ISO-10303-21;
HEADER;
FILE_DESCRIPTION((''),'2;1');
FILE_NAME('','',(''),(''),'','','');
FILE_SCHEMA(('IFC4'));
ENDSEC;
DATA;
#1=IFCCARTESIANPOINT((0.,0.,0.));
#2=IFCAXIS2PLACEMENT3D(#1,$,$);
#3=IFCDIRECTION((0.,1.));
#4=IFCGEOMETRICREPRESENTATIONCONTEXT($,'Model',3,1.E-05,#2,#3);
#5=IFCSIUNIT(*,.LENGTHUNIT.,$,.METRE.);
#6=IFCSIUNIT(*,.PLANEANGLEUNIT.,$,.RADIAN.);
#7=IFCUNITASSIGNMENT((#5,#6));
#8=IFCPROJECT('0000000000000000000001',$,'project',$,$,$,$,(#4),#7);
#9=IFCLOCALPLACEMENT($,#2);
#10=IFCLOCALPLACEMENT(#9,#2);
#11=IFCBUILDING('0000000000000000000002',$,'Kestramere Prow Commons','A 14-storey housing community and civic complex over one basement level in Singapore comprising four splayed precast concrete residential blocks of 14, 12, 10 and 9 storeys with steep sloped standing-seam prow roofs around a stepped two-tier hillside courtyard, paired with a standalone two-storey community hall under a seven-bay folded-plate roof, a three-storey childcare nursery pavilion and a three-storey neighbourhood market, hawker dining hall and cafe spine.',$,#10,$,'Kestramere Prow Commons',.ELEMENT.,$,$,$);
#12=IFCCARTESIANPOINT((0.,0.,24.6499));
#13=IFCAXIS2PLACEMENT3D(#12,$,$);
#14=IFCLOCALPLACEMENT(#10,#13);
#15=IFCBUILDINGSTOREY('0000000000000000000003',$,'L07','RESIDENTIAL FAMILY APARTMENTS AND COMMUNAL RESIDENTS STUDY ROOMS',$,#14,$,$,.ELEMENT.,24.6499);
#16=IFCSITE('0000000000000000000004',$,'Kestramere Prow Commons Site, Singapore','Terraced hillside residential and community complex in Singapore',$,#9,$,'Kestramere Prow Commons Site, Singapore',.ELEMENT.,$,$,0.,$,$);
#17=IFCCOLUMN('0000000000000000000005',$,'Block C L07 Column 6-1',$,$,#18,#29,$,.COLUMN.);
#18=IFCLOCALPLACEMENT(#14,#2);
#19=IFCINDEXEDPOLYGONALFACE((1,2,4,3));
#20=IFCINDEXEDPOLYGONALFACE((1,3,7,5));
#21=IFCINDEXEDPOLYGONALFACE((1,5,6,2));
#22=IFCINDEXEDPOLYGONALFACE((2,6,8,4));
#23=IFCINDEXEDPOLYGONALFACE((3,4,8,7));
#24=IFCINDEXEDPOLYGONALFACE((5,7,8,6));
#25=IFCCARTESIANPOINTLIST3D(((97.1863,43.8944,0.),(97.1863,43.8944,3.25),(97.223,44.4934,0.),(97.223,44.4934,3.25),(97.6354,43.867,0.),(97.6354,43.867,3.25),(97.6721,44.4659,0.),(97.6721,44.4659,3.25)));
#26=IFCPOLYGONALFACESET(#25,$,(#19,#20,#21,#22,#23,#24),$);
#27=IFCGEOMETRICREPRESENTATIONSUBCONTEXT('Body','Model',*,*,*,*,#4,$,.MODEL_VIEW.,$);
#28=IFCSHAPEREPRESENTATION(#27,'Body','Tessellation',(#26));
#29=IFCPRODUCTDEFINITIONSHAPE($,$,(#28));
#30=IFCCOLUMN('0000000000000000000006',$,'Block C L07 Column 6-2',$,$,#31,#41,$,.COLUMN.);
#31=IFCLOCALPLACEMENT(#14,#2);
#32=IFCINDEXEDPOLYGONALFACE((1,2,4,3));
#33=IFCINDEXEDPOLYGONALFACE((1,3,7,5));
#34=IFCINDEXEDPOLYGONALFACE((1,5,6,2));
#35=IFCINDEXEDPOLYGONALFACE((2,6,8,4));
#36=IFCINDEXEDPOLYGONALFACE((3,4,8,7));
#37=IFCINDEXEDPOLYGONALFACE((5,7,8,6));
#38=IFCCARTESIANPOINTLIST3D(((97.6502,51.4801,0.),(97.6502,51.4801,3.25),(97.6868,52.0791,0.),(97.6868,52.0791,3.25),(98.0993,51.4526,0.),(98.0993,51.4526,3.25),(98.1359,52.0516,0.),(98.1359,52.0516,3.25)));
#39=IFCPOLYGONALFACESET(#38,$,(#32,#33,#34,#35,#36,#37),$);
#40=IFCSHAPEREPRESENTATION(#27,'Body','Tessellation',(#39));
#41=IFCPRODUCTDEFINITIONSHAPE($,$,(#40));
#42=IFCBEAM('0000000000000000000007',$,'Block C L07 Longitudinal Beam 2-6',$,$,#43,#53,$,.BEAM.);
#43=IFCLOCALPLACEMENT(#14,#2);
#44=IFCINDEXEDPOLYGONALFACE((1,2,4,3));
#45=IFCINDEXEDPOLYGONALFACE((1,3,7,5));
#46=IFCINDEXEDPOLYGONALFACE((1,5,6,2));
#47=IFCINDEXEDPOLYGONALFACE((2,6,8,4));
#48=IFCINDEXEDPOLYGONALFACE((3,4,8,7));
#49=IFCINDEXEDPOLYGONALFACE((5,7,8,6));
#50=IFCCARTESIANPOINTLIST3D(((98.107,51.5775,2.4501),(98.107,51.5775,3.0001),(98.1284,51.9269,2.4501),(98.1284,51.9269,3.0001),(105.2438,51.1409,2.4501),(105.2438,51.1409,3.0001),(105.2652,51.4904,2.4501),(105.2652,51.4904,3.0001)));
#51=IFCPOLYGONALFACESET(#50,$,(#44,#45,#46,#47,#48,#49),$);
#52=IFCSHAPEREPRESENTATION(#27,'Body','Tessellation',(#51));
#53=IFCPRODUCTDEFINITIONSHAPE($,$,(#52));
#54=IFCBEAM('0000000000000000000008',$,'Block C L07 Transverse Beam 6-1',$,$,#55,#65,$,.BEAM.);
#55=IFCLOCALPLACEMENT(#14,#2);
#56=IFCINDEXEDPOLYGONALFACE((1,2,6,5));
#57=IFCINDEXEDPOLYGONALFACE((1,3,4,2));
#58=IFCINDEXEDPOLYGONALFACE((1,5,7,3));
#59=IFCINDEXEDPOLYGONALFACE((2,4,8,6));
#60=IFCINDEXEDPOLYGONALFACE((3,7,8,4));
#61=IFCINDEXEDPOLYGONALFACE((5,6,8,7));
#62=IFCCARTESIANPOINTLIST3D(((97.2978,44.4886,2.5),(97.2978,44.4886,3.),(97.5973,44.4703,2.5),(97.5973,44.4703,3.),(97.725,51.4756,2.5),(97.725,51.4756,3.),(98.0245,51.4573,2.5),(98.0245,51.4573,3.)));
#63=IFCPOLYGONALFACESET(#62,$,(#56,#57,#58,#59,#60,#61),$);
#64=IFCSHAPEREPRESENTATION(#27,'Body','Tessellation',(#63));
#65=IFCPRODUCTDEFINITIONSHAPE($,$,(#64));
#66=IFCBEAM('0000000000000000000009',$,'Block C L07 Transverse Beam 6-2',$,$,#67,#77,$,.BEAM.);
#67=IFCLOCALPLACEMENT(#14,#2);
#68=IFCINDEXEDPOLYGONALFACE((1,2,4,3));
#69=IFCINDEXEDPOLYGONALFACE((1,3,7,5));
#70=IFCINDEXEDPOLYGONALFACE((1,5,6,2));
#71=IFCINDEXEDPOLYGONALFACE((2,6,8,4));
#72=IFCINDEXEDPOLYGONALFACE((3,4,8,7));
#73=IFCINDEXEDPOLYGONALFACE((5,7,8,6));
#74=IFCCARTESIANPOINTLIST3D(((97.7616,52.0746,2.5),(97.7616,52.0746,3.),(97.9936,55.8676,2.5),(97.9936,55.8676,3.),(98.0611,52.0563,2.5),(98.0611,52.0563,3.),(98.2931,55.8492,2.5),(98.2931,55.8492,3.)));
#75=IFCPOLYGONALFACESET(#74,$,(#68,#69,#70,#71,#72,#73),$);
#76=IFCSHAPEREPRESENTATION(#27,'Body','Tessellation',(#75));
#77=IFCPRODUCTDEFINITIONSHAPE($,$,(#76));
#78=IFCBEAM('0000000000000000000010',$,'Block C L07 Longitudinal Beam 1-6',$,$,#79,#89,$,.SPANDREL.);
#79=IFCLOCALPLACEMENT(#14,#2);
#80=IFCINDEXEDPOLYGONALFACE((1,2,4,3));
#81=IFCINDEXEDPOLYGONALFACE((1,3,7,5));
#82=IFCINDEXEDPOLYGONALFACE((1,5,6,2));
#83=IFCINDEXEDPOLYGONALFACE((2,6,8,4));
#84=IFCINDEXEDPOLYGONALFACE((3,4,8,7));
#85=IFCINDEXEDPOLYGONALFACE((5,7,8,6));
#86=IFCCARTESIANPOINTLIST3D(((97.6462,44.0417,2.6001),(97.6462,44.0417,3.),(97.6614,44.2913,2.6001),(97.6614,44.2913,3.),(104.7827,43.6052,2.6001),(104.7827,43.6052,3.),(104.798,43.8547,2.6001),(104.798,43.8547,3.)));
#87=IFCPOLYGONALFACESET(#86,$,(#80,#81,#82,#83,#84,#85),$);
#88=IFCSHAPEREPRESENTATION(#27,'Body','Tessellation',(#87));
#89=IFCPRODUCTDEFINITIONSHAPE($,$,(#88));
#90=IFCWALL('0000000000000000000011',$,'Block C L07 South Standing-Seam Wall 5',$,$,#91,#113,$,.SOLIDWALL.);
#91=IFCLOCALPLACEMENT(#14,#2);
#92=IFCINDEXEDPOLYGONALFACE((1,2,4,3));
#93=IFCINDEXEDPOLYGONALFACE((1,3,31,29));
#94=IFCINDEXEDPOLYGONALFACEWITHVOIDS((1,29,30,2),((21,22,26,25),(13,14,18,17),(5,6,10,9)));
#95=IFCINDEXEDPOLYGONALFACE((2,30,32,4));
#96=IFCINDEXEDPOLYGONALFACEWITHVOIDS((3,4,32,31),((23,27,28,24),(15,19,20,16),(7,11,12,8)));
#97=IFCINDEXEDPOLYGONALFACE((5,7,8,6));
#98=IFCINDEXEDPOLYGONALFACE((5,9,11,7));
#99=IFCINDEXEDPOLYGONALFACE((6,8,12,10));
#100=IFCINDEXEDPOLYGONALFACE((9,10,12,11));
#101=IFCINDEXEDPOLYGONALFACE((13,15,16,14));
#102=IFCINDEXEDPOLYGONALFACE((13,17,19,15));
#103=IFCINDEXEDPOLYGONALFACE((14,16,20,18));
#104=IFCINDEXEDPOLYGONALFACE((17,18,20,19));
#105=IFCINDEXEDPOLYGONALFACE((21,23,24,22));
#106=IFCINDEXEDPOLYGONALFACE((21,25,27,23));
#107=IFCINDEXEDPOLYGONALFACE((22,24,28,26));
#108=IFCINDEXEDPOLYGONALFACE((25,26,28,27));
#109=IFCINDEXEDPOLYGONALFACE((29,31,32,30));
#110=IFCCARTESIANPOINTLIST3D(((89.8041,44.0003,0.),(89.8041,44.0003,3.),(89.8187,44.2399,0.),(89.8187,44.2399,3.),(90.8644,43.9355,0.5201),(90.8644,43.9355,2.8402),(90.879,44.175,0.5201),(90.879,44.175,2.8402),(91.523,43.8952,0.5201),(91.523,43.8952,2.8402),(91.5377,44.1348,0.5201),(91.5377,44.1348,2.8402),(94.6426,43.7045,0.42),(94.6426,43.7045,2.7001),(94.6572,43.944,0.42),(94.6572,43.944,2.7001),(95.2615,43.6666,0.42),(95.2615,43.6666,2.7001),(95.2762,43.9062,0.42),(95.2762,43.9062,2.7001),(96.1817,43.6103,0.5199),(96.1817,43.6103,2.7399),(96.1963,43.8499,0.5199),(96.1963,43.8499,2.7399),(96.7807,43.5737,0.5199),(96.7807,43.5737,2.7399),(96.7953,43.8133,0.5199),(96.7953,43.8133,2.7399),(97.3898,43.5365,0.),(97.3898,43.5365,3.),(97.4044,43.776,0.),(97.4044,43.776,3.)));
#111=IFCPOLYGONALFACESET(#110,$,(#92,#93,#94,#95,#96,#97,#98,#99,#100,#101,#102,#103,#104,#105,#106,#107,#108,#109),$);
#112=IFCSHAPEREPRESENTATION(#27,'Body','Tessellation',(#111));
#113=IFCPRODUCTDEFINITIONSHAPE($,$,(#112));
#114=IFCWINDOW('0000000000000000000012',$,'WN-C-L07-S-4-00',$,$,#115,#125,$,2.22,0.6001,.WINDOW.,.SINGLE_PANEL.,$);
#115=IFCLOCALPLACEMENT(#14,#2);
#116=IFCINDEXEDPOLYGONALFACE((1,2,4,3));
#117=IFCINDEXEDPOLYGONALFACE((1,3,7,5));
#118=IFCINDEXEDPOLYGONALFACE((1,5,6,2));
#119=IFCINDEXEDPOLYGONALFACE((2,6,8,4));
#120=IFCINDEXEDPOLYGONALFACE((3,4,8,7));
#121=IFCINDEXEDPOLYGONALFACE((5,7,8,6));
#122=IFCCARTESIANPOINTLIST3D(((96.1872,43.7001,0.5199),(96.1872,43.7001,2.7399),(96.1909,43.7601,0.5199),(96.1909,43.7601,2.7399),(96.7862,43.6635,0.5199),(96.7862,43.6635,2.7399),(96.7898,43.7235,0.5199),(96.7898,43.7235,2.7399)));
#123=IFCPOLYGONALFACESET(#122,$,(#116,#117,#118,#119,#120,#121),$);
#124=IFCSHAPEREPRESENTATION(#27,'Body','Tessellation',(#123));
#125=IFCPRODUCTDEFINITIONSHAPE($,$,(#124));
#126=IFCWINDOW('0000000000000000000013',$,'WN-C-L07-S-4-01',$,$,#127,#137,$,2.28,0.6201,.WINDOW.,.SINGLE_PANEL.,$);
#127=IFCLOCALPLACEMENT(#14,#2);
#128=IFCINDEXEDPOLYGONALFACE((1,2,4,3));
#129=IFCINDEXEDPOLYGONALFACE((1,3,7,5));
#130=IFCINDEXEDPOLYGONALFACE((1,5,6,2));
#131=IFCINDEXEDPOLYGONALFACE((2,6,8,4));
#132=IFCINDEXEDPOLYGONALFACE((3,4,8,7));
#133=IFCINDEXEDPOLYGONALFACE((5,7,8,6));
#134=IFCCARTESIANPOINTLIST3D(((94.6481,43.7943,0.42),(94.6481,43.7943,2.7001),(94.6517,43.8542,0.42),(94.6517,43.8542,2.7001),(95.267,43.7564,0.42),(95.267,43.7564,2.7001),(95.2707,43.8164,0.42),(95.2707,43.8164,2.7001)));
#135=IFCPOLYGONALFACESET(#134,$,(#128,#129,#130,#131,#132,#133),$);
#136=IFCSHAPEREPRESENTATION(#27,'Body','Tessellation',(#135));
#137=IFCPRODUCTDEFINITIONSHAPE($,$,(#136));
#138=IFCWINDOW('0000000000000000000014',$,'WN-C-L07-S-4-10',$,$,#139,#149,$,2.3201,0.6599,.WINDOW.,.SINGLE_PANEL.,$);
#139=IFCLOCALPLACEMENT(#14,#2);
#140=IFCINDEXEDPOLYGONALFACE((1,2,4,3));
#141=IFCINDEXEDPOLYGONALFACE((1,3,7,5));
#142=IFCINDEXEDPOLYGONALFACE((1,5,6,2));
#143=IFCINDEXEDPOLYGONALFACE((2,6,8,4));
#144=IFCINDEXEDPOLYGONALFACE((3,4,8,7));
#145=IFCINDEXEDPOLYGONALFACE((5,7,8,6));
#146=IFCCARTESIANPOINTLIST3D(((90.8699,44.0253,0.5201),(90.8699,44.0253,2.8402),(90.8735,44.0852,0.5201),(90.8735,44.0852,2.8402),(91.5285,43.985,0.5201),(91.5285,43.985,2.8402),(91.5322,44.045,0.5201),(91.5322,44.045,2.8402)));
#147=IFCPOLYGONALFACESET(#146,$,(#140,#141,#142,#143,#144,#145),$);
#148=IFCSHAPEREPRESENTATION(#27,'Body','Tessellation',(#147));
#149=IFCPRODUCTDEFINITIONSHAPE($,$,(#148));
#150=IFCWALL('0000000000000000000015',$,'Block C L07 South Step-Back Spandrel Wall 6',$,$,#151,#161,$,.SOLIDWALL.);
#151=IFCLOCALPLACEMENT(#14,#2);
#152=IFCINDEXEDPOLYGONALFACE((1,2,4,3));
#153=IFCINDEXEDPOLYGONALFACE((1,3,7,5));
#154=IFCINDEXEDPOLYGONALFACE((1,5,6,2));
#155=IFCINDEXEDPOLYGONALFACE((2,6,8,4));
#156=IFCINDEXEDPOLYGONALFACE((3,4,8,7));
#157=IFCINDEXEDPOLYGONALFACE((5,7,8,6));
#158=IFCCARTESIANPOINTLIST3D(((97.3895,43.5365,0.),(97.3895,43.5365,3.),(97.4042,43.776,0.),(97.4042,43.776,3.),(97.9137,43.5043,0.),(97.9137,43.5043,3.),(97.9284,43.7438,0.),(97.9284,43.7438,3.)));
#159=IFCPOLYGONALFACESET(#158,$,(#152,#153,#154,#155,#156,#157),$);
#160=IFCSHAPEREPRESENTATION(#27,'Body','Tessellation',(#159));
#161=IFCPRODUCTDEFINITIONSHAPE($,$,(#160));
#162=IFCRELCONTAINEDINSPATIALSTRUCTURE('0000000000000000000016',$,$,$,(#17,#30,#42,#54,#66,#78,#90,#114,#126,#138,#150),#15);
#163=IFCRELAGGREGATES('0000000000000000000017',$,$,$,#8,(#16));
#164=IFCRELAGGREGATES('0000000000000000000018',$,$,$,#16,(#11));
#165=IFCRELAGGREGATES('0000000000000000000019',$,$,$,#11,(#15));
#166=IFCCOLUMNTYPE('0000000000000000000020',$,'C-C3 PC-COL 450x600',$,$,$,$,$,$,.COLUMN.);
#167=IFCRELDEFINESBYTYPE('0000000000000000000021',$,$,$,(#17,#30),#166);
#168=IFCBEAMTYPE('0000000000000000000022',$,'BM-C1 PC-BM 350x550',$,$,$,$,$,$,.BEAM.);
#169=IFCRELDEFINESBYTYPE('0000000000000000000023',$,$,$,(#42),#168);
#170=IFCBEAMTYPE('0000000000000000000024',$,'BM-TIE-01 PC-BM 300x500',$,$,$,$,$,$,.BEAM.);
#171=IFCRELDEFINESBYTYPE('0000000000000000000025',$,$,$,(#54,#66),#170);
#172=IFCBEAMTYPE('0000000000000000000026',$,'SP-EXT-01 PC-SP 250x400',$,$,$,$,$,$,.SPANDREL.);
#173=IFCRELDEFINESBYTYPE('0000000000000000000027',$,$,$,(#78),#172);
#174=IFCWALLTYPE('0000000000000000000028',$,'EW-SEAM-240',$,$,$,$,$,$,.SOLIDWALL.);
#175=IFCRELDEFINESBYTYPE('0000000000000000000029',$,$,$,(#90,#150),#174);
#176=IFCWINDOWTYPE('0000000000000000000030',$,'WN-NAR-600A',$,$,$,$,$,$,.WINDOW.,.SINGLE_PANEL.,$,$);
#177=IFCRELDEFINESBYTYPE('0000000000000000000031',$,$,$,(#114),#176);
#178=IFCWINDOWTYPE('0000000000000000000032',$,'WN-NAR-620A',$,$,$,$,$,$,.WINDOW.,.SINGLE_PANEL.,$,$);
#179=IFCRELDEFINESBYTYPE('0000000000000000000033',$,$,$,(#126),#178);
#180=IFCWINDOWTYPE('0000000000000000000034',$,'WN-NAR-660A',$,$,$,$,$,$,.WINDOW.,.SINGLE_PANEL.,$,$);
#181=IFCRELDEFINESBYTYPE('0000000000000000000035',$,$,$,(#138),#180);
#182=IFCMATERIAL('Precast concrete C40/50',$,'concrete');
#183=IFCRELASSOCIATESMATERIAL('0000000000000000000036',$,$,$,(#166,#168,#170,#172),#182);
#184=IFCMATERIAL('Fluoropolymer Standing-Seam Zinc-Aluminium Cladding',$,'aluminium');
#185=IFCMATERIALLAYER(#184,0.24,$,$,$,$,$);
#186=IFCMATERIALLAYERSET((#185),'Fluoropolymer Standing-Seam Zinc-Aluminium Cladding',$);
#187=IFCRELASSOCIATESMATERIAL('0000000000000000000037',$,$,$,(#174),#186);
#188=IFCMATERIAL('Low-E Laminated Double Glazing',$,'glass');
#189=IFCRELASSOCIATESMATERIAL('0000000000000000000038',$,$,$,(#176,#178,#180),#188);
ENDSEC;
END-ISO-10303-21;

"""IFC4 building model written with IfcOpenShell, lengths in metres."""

from ifc_helpers import new_model, si_unit, direction, frame, frame_2d, origin, origin_2d, place, context, subcontext, project, spatial, rectangle, extrude, material, layer, layer_set, material_profile, profile_set, type_object, element, fill, save


model = new_model("IFC4")

# Units and contexts
model_context = context("Model", 3, precision=1e-05, world=origin(), true_north=direction((0.0, 1.0)))
body_context = subcontext(model_context, "Body", "Model", "MODEL_VIEW")
ifc_project = project(units=[si_unit("LENGTHUNIT", "METRE"), si_unit("PLANEANGLEUNIT", "RADIAN")], contexts=[model_context])

# Site, building, storey
site_placement = place(None, origin())
site = spatial("IfcSite", under=ifc_project, at=site_placement, Name="Kestramere Prow Commons Site, Singapore", Description="Terraced hillside residential and community complex in Singapore", LongName="Kestramere Prow Commons Site, Singapore", CompositionType="ELEMENT", RefElevation=0.0)
building_placement = place(site_placement, origin())
building = spatial("IfcBuilding", under=site, at=building_placement, Name="Kestramere Prow Commons", Description="A 14-storey housing community and civic complex over one basement level in Singapore comprising four splayed precast concrete residential blocks of 14, 12, 10 and 9 storeys with steep sloped standing-seam prow roofs around a stepped two-tier hillside courtyard, paired with a standalone two-storey community hall under a seven-bay folded-plate roof, a three-storey childcare nursery pavilion and a three-storey neighbourhood market, hawker dining hall and cafe spine.", LongName="Kestramere Prow Commons", CompositionType="ELEMENT")
storey_placement = place(building_placement, frame((0.0, 0.0, 24.6499)))
storey = spatial("IfcBuildingStorey", under=building, at=storey_placement, Name="L07", Description="RESIDENTIAL FAMILY APARTMENTS AND COMMUNAL RESIDENTS STUDY ROOMS", CompositionType="ELEMENT", Elevation=24.6499)

# Columns
ifc_material_1 = material(Name="Precast concrete C40/50", Category="concrete")
ifc_material_profile_1 = material_profile(ifc_material_1, rectangle(XDim=0.45, YDim=0.6001, at=origin_2d()), Name="PC-COL 450x600")
ifc_profile_set_1 = profile_set([ifc_material_profile_1], Name="Precast concrete C40/50")
column_type = type_object("IfcColumnType", Name="C-C3 PC-COL 450x600", PredefinedType="COLUMN", material=ifc_profile_set_1)
for number, where, z_axis, x_axis, name in (
    (1, (97.4292, 44.1802, 0.0), (0.0, 0.0, 1.0), (0.998135, -0.061049, 0.0), "Block C L07 Column 6-1"),
    (2, (97.8931, 51.7659, 0.0), (0.0, 0.0, 1.0), (0.998135, -0.061049, 0.0), "Block C L07 Column 6-2"),
):
    element("IfcColumn", number, at=place(storey_placement, frame(where, z_axis=z_axis, x_axis=x_axis)), inside=storey, type_object=column_type, Name=name, PredefinedType="COLUMN", context=body_context, shape_type="SweptSolid", body=[
        extrude(rectangle(XDim=0.45, YDim=0.6001, at=origin_2d()), origin(), (0.0, 0.0, 1.0), 3.25),
    ])

# Beams
ifc_material_profile_2 = material_profile(ifc_material_1, rectangle(XDim=0.3501, YDim=0.55, at=origin_2d()), Name="PC-BM 350x550")
ifc_profile_set_2 = profile_set([ifc_material_profile_2], Name="Precast concrete C40/50")
beam_type_1 = type_object("IfcBeamType", Name="BM-C1 PC-BM 350x550", PredefinedType="BEAM", material=ifc_profile_set_2)
beam_1_placement = place(storey_placement, frame((98.1177, 51.7522, 2.7251), z_axis=(0.998135, -0.061052, 0.0), x_axis=(0.061052, 0.998135, 0.0)))
element("IfcBeam", 3, at=beam_1_placement, inside=storey, type_object=beam_type_1, Name="Block C L07 Longitudinal Beam 2-6", PredefinedType="BEAM", context=body_context, shape_type="SweptSolid", body=[
    extrude(rectangle(XDim=0.3501, YDim=0.55, at=origin_2d()), origin(), (0.0, 0.0, 1.0), 7.1501),
])
ifc_material_profile_3 = material_profile(ifc_material_1, rectangle(XDim=0.3, YDim=0.5, at=origin_2d()), Name="PC-BM 300x500")
ifc_profile_set_3 = profile_set([ifc_material_profile_3], Name="Precast concrete C40/50")
beam_type_2 = type_object("IfcBeamType", Name="BM-TIE-01 PC-BM 300x500", PredefinedType="BEAM", material=ifc_profile_set_3)
beam_2_placement = place(storey_placement, frame((97.4475, 44.4795, 2.75), z_axis=(0.061034, 0.998136, 0.0), x_axis=(-0.998136, 0.061034, 0.0)))
element("IfcBeam", 4, at=beam_2_placement, inside=storey, type_object=beam_type_2, Name="Block C L07 Transverse Beam 6-1", PredefinedType="BEAM", context=body_context, shape_type="SweptSolid", body=[
    extrude(rectangle(XDim=0.3, YDim=0.5, at=origin_2d()), origin(), (0.0, 0.0, 1.0), 7.0),
])
beam_3_placement = place(storey_placement, frame((97.9114, 52.0654, 2.75), z_axis=(0.061034, 0.998136, 0.0), x_axis=(-0.998136, 0.061034, 0.0)))
element("IfcBeam", 5, at=beam_3_placement, inside=storey, type_object=beam_type_2, Name="Block C L07 Transverse Beam 6-2", PredefinedType="BEAM", context=body_context, shape_type="SweptSolid", body=[
    extrude(rectangle(XDim=0.3, YDim=0.5, at=origin_2d()), origin(), (0.0, 0.0, 1.0), 3.8),
])
ifc_material_profile_4 = material_profile(ifc_material_1, rectangle(XDim=0.25, YDim=0.3999, at=origin_2d()), Name="PC-SP 250x400")
ifc_profile_set_4 = profile_set([ifc_material_profile_4], Name="Precast concrete C40/50")
beam_type_3 = type_object("IfcBeamType", Name="SP-EXT-01 PC-SP 250x400", PredefinedType="SPANDREL", material=ifc_profile_set_4)
beam_4_placement = place(storey_placement, frame((97.6538, 44.1665, 2.8), z_axis=(0.998134, -0.061054, 0.0), x_axis=(0.061054, 0.998134, 0.0)))
element("IfcBeam", 6, at=beam_4_placement, inside=storey, type_object=beam_type_3, Name="Block C L07 Longitudinal Beam 1-6", PredefinedType="SPANDREL", context=body_context, shape_type="SweptSolid", body=[
    extrude(rectangle(XDim=0.25, YDim=0.3999, at=origin_2d()), origin(), (0.0, 0.0, 1.0), 7.1499),
])

# Wall, openings, windows
ifc_material_2 = material(Name="Fluoropolymer Standing-Seam Zinc-Aluminium Cladding", Category="aluminium")
ifc_layer_1 = layer(ifc_material_2, 0.24)
ifc_layer_set_1 = layer_set([ifc_layer_1], Name="Fluoropolymer Standing-Seam Zinc-Aluminium Cladding")
wall_type_1 = type_object("IfcWallType", Name="EW-SEAM-240", PredefinedType="SOLIDWALL", material=ifc_layer_set_1)
wall_1_placement = place(storey_placement, frame((97.397, 43.6562, 0.0), z_axis=(0.0, 0.0, 1.0), x_axis=(-0.998136, 0.061036, 0.0)))
wall_1 = element("IfcWall", 7, at=wall_1_placement, inside=storey, type_object=wall_type_1, Name="Block C L07 South Standing-Seam Wall 5", PredefinedType="SOLIDWALL", context=body_context, shape_type="SweptSolid", body=[
    extrude(rectangle(XDim=7.5999, YDim=0.24, at=frame_2d((3.7998, 0.0))), origin(), (0.0, 0.0, 1.0), 3.0),
])
opening_1_placement = place(wall_1_placement, frame((0.6101, 0.0, 0.52)))
opening_1 = element("IfcOpeningElement", 8, at=opening_1_placement, cuts=wall_1, PredefinedType="OPENING", context=body_context, shape_type="SweptSolid", body=[
    extrude(rectangle(XDim=0.6001, YDim=2.22, at=frame_2d((0.3, 1.1099))), frame((0.0, 0.135, 0.0), z_axis=(0.0, -1.0, 0.0), x_axis=(1.0, 0.0, 0.0)), (0.0, 0.0, 1.0), 0.27),
])
opening_2_placement = place(wall_1_placement, frame((2.1321, 0.0, 0.4199)))
opening_2 = element("IfcOpeningElement", 9, at=opening_2_placement, cuts=wall_1, PredefinedType="OPENING", context=body_context, shape_type="SweptSolid", body=[
    extrude(rectangle(XDim=0.6201, YDim=2.28, at=frame_2d((0.3101, 1.1401))), frame((0.0, 0.135, 0.0), z_axis=(0.0, -1.0, 0.0), x_axis=(1.0, 0.0, 0.0)), (0.0, 0.0, 1.0), 0.27),
])
opening_3_placement = place(wall_1_placement, frame((5.8774, 0.0, 0.52)))
opening_3 = element("IfcOpeningElement", 10, at=opening_3_placement, cuts=wall_1, PredefinedType="OPENING", context=body_context, shape_type="SweptSolid", body=[
    extrude(rectangle(XDim=0.6599, YDim=2.3201, at=frame_2d((0.3301, 1.1602))), frame((0.0, 0.135, 0.0), z_axis=(0.0, -1.0, 0.0), x_axis=(1.0, 0.0, 0.0)), (0.0, 0.0, 1.0), 0.27),
])
ifc_material_3 = material(Name="Low-E Laminated Double Glazing", Category="glass")
window_type_1 = type_object("IfcWindowType", Name="WN-NAR-600A", PartitioningType="SINGLE_PANEL", PredefinedType="WINDOW", material=ifc_material_3)
window_1_placement = place(opening_1_placement, origin())
window_1 = element("IfcWindow", 11, at=window_1_placement, inside=storey, type_object=window_type_1, Name="WN-C-L07-S-4-00", OverallHeight=2.22, OverallWidth=0.6001, PartitioningType="SINGLE_PANEL", PredefinedType="WINDOW", context=body_context, shape_type="SweptSolid", body=[
    extrude(rectangle(XDim=0.6001, YDim=2.22, at=frame_2d((0.3, 1.1099))), frame((0.0, 0.03, 0.0), z_axis=(0.0, -1.0, 0.0), x_axis=(1.0, 0.0, 0.0)), (0.0, 0.0, 1.0), 0.0601),
])
fill(opening_1, window_1)
window_type_2 = type_object("IfcWindowType", Name="WN-NAR-620A", PartitioningType="SINGLE_PANEL", PredefinedType="WINDOW", material=ifc_material_3)
window_2_placement = place(opening_2_placement, origin())
window_2 = element("IfcWindow", 12, at=window_2_placement, inside=storey, type_object=window_type_2, Name="WN-C-L07-S-4-01", OverallHeight=2.28, OverallWidth=0.6201, PartitioningType="SINGLE_PANEL", PredefinedType="WINDOW", context=body_context, shape_type="SweptSolid", body=[
    extrude(rectangle(XDim=0.6201, YDim=2.28, at=frame_2d((0.3101, 1.1401))), frame((0.0, 0.03, 0.0), z_axis=(0.0, -1.0, 0.0), x_axis=(1.0, 0.0, 0.0)), (0.0, 0.0, 1.0), 0.0601),
])
fill(opening_2, window_2)
window_type_3 = type_object("IfcWindowType", Name="WN-NAR-660A", PartitioningType="SINGLE_PANEL", PredefinedType="WINDOW", material=ifc_material_3)
window_3_placement = place(opening_3_placement, origin())
window_3 = element("IfcWindow", 13, at=window_3_placement, inside=storey, type_object=window_type_3, Name="WN-C-L07-S-4-10", OverallHeight=2.3201, OverallWidth=0.6599, PartitioningType="SINGLE_PANEL", PredefinedType="WINDOW", context=body_context, shape_type="SweptSolid", body=[
    extrude(rectangle(XDim=0.6599, YDim=2.3201, at=frame_2d((0.3301, 1.1602))), frame((0.0, 0.03, 0.0), z_axis=(0.0, -1.0, 0.0), x_axis=(1.0, 0.0, 0.0)), (0.0, 0.0, 1.0), 0.0601),
])
fill(opening_3, window_3)

# Wall
wall_2_placement = place(storey_placement, frame((97.9211, 43.624, 0.0), z_axis=(0.0, 0.0, 1.0), x_axis=(-0.998115, 0.061365, 0.0)))
element("IfcWall", 14, at=wall_2_placement, inside=storey, type_object=wall_type_1, Name="Block C L07 South Step-Back Spandrel Wall 6", PredefinedType="SOLIDWALL", context=body_context, shape_type="SweptSolid", body=[
    extrude(rectangle(XDim=0.5251, YDim=0.24, at=frame_2d((0.2627, 0.0))), origin(), (0.0, 0.0, 1.0), 3.0),
])

save(model, "model.ifc")
